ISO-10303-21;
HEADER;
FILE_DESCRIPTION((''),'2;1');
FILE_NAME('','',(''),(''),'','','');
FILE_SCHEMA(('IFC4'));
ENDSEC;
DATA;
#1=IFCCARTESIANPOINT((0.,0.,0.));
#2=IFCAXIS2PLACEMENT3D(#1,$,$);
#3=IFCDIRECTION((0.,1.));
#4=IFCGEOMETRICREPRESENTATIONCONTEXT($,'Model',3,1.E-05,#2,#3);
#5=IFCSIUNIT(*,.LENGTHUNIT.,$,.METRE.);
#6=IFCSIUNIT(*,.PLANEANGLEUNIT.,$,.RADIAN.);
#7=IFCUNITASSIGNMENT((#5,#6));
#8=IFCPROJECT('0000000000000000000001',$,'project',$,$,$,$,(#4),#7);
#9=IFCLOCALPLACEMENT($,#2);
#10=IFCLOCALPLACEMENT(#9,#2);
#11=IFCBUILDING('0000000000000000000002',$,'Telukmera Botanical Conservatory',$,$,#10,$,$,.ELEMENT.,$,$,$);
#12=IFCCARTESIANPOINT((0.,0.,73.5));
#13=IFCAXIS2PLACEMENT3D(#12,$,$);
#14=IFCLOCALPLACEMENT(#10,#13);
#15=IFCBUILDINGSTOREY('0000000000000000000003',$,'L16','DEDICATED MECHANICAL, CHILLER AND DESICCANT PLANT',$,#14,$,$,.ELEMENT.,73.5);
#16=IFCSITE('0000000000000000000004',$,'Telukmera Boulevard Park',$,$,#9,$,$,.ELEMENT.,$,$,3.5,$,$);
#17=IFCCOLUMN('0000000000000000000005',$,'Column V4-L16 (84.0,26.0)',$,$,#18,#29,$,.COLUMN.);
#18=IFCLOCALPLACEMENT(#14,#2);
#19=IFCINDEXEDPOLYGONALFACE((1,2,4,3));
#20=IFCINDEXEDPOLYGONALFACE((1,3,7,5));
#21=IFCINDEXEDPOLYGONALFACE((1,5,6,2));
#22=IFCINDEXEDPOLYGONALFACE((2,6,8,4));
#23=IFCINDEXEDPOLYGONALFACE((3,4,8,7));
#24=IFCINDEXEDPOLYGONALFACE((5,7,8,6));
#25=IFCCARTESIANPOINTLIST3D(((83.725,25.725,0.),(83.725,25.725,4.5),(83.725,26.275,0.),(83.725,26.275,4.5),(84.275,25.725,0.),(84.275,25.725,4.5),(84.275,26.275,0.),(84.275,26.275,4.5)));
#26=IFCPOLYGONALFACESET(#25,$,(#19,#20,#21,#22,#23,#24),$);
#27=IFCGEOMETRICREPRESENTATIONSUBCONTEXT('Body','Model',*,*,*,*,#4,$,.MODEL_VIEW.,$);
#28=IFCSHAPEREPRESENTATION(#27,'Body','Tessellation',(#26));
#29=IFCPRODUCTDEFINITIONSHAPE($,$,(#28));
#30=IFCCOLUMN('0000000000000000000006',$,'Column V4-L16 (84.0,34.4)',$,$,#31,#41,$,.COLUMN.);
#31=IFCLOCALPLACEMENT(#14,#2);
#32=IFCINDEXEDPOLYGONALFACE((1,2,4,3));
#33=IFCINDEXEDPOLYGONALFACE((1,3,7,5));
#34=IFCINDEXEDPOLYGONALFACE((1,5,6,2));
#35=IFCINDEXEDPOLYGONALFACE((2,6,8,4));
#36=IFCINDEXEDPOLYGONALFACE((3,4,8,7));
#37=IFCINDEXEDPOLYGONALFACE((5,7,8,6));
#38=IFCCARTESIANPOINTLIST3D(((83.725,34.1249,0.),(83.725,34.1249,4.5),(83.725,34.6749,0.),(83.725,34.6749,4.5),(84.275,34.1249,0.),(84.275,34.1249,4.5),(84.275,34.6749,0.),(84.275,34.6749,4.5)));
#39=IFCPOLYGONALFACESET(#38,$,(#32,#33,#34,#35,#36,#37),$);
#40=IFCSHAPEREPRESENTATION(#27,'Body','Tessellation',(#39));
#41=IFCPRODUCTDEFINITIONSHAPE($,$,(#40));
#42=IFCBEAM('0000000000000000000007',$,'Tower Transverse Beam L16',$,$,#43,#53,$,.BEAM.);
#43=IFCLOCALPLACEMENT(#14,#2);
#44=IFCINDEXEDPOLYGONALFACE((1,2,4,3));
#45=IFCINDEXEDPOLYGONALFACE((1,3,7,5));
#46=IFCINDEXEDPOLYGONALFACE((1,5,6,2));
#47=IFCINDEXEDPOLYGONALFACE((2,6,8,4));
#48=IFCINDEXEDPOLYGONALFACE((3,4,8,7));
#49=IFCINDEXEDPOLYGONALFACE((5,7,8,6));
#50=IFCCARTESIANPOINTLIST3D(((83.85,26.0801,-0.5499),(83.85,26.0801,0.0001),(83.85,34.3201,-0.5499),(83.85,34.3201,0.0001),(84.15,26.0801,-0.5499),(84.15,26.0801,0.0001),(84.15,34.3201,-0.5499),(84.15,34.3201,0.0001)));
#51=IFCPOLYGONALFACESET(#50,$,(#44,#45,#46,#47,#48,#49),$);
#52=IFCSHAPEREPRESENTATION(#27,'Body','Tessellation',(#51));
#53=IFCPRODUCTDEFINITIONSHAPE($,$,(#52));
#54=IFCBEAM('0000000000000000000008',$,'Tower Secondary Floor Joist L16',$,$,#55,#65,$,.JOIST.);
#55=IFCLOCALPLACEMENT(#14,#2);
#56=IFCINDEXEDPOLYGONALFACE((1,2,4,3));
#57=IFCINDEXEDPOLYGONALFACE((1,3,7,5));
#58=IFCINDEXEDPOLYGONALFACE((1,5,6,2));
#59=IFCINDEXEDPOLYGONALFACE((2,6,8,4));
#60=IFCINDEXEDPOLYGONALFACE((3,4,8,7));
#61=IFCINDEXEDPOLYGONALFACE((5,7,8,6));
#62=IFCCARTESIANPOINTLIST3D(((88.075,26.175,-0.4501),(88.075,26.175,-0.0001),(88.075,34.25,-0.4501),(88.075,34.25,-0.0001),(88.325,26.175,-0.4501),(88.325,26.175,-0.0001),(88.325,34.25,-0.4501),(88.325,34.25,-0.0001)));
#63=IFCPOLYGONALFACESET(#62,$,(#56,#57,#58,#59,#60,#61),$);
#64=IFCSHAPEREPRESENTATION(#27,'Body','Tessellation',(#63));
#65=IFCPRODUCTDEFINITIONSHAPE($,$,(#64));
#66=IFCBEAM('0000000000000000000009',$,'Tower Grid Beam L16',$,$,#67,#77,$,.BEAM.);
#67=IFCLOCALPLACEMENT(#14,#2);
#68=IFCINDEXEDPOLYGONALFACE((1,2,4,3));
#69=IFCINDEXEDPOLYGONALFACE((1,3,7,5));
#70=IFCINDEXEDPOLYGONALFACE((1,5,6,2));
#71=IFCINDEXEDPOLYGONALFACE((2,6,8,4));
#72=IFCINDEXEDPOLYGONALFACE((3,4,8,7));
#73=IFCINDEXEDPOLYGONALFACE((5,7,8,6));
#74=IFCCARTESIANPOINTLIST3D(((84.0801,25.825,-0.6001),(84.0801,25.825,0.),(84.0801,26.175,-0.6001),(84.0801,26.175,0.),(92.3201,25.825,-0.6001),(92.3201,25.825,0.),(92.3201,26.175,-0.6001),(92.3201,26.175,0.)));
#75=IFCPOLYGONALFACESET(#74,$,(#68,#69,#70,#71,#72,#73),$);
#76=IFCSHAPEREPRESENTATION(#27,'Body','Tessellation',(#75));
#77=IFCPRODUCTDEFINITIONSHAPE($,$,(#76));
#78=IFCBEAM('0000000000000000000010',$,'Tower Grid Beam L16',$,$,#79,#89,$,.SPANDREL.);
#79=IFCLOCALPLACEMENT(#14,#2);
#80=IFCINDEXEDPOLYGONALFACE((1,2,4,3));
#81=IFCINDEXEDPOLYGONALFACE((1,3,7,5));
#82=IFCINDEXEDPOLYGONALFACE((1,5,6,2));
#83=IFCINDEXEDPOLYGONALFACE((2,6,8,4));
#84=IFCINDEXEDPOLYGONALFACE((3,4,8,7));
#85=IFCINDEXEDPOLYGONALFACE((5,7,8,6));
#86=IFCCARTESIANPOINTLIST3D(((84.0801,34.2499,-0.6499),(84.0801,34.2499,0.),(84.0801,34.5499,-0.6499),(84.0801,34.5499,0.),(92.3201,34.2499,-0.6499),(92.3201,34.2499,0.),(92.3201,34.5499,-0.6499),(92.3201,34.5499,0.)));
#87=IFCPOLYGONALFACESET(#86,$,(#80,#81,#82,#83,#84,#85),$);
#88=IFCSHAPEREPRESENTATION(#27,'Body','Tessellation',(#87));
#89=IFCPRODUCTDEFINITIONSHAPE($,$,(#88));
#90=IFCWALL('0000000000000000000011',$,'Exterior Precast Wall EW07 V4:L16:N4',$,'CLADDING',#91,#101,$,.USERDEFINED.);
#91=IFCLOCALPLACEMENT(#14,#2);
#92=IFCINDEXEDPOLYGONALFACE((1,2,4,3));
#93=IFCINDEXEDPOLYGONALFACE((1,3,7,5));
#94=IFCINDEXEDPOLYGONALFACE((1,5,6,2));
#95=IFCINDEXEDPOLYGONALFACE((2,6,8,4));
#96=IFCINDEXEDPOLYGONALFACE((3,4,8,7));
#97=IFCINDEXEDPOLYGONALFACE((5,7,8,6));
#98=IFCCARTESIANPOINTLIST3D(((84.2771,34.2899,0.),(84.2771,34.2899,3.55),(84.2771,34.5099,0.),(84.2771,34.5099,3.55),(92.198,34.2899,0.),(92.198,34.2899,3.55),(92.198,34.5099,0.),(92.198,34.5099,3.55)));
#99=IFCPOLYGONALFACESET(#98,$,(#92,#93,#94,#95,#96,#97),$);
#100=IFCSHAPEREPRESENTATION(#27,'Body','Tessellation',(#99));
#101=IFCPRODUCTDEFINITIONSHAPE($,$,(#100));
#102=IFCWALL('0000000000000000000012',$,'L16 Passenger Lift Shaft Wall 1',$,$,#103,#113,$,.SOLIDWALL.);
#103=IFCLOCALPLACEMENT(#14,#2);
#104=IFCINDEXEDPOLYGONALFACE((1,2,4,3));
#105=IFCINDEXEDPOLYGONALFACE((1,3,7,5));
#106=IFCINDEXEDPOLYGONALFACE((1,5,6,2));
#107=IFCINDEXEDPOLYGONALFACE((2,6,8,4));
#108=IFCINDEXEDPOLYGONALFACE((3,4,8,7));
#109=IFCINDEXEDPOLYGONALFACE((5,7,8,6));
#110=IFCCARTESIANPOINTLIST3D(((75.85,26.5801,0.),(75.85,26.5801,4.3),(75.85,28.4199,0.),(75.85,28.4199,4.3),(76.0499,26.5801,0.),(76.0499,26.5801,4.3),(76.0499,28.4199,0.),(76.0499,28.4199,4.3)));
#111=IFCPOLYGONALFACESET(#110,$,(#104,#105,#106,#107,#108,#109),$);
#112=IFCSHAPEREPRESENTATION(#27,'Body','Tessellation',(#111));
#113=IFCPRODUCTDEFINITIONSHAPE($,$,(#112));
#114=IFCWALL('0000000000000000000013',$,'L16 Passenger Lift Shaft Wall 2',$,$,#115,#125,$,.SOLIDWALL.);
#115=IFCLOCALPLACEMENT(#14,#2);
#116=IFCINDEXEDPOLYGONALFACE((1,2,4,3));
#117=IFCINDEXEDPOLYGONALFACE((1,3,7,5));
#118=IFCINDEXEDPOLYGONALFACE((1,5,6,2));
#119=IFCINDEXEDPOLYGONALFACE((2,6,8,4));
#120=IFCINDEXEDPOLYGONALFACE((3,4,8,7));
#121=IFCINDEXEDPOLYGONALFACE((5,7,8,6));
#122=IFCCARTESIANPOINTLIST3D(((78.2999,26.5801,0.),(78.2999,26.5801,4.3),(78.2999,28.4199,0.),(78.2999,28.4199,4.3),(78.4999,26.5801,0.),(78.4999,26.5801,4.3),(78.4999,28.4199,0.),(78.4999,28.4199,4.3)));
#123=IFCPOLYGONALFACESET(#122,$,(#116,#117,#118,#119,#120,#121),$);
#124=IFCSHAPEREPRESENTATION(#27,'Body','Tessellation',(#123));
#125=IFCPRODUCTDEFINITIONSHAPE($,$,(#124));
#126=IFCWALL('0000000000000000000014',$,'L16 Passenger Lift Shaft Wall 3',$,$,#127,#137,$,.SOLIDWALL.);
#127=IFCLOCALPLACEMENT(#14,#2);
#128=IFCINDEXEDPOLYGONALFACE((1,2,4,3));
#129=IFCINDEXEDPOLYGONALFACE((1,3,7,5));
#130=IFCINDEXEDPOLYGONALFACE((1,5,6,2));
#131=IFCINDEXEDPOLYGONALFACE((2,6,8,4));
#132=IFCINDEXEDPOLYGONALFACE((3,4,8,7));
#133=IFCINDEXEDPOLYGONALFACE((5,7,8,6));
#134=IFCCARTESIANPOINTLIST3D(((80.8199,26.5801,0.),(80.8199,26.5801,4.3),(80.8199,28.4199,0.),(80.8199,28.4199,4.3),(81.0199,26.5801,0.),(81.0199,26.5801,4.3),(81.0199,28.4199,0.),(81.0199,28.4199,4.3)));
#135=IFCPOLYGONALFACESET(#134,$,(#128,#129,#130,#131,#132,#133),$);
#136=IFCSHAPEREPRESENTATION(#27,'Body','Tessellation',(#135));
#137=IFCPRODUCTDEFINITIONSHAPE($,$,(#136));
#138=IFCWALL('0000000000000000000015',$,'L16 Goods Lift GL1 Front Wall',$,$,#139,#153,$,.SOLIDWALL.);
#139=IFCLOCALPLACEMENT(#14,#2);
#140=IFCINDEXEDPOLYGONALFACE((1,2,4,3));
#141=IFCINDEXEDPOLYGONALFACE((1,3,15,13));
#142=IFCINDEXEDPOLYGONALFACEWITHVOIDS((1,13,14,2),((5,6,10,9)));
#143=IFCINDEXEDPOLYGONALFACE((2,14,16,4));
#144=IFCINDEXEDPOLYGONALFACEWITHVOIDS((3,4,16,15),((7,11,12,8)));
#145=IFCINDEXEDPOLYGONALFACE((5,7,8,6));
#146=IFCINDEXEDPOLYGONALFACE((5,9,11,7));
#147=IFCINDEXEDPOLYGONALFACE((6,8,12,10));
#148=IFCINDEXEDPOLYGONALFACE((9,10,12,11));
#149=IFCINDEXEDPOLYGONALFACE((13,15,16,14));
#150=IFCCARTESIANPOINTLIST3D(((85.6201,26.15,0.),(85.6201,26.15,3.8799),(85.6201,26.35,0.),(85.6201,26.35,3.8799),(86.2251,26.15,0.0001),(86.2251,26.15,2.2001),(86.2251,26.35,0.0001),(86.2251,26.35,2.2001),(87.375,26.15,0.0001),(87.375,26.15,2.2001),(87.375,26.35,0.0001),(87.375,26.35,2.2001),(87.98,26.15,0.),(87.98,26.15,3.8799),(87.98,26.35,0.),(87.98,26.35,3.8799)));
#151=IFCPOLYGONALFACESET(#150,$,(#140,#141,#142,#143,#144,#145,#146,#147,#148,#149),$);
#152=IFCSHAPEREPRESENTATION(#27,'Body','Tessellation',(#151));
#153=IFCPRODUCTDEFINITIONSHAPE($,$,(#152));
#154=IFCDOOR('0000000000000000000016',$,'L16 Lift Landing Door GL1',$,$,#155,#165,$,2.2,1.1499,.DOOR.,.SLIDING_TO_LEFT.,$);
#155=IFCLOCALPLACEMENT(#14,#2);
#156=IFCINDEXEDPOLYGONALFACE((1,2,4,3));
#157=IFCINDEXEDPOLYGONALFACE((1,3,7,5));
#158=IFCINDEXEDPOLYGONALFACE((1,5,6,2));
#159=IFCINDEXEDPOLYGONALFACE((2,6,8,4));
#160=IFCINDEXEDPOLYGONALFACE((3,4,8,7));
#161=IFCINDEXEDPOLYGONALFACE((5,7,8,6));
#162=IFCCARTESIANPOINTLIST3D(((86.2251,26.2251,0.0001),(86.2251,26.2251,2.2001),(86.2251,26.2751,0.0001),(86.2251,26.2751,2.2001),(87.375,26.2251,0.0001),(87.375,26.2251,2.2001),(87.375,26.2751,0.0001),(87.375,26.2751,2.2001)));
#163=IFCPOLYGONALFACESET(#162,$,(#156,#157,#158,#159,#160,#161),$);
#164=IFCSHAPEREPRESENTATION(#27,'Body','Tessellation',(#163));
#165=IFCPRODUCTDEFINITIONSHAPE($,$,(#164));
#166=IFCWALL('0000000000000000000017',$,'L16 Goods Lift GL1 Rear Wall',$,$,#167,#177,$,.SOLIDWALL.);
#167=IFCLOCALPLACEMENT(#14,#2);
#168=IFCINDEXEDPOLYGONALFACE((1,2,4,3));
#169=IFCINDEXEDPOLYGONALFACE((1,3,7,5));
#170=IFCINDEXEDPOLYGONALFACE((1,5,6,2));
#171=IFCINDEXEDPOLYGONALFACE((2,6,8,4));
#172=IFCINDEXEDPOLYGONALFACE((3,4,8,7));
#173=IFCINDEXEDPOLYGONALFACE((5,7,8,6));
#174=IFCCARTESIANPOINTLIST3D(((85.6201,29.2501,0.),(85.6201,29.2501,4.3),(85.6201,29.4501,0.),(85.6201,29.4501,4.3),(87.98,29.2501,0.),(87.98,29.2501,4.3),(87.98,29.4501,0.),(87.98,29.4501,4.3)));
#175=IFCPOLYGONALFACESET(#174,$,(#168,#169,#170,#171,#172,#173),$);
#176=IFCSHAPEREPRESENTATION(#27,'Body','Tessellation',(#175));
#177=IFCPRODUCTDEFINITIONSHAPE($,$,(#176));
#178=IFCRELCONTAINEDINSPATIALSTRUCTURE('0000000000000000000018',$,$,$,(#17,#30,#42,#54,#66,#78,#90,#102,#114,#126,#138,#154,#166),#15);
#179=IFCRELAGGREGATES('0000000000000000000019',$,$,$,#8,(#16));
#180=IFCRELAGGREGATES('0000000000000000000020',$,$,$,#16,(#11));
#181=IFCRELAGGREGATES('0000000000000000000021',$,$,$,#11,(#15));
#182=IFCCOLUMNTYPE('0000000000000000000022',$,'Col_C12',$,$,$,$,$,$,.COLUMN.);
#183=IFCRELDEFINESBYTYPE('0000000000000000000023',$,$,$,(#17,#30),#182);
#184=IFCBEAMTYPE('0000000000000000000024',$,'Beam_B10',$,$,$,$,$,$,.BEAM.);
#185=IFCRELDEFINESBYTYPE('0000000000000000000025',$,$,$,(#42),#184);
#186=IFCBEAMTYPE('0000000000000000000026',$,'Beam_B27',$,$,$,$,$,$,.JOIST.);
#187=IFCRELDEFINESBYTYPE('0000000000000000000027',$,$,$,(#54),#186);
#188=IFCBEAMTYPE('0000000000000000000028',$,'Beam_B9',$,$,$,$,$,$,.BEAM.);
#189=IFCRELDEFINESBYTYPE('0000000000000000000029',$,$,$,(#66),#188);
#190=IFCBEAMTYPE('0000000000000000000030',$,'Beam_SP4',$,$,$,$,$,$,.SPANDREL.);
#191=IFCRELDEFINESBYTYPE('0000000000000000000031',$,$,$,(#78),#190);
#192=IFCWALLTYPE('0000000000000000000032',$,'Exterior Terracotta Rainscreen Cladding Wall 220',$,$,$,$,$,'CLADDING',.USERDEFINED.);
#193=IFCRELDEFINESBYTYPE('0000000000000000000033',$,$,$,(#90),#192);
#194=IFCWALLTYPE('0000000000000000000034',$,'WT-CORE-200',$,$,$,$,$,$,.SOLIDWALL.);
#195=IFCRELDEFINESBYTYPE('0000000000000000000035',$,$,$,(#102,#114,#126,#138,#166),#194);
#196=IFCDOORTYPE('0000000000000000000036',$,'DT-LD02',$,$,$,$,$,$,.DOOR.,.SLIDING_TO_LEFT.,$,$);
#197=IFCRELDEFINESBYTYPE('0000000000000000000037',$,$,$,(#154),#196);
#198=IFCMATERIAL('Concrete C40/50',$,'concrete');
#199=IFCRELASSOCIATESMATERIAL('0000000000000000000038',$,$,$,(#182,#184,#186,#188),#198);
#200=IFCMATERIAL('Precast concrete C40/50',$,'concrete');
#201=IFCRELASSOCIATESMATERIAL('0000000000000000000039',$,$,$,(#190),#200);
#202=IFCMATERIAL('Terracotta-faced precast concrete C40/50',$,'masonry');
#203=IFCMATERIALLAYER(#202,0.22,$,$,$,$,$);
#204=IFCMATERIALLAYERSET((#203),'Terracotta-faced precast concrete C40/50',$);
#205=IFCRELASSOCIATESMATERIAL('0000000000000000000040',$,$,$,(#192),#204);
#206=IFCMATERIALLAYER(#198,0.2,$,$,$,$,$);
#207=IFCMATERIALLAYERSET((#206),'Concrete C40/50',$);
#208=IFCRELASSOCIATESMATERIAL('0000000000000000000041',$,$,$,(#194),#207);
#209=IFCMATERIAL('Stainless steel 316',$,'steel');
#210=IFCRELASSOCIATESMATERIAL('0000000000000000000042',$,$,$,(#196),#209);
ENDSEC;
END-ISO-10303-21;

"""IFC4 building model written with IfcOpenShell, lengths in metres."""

from ifc_helpers import new_model, si_unit, direction, frame, frame_2d, origin, origin_2d, place, context, subcontext, project, spatial, rectangle, extrude, material, layer, layer_set, material_profile, profile_set, type_object, element, fill, save


model = new_model("IFC4")

# Units and contexts
model_context = context("Model", 3, precision=1e-05, world=origin(), true_north=direction((0.0, 1.0)))
body_context = subcontext(model_context, "Body", "Model", "MODEL_VIEW")
ifc_project = project(units=[si_unit("LENGTHUNIT", "METRE"), si_unit("PLANEANGLEUNIT", "RADIAN")], contexts=[model_context])

# Site, building, storey
site_placement = place(None, origin())
site = spatial("IfcSite", under=ifc_project, at=site_placement, Name="Telukmera Boulevard Park", CompositionType="ELEMENT", RefElevation=3.5)
building_placement = place(site_placement, origin())
building = spatial("IfcBuilding", under=site, at=building_placement, Name="Telukmera Botanical Conservatory", CompositionType="ELEMENT")
storey_placement = place(building_placement, frame((0.0, 0.0, 73.5)))
storey = spatial("IfcBuildingStorey", under=building, at=storey_placement, Name="L16", Description="DEDICATED MECHANICAL, CHILLER AND DESICCANT PLANT", CompositionType="ELEMENT", Elevation=73.5)

# Columns
ifc_material_1 = material(Name="Concrete C40/50", Category="concrete")
ifc_material_profile_1 = material_profile(ifc_material_1, rectangle(XDim=0.55, YDim=0.55, at=origin_2d()), Name="RC 550x550")
ifc_profile_set_1 = profile_set([ifc_material_profile_1], Name="Concrete C40/50")
column_type = type_object("IfcColumnType", Name="Col_C12", PredefinedType="COLUMN", material=ifc_profile_set_1)
for number, where, z_axis, x_axis, name in (
    (1, (84.0, 26.0, 0.0), (0.0, 0.0, 1.0), (1.0, 0.0, 0.0), "Column V4-L16 (84.0,26.0)"),
    (2, (84.0, 34.3999, 0.0), (0.0, 0.0, 1.0), (1.0, 0.0, 0.0), "Column V4-L16 (84.0,34.4)"),
):
    element("IfcColumn", number, at=place(storey_placement, frame(where, z_axis=z_axis, x_axis=x_axis)), inside=storey, type_object=column_type, Name=name, PredefinedType="COLUMN", context=body_context, shape_type="SweptSolid", body=[
        extrude(rectangle(XDim=0.55, YDim=0.55, at=origin_2d()), origin(), (0.0, 0.0, 1.0), 4.5),
    ])

# Beams
ifc_material_profile_2 = material_profile(ifc_material_1, rectangle(XDim=0.3, YDim=0.55, at=origin_2d()), Name="RC 300x550")
ifc_profile_set_2 = profile_set([ifc_material_profile_2], Name="Concrete C40/50")
beam_type_1 = type_object("IfcBeamType", Name="Beam_B10", PredefinedType="BEAM", material=ifc_profile_set_2)
beam_1_placement = place(storey_placement, frame((84.0, 26.0801, -0.2749), z_axis=(0.0, 1.0, 0.0), x_axis=(-1.0, 0.0, 0.0)))
element("IfcBeam", 3, at=beam_1_placement, inside=storey, type_object=beam_type_1, Name="Tower Transverse Beam L16", PredefinedType="BEAM", context=body_context, shape_type="SweptSolid", body=[
    extrude(rectangle(XDim=0.3, YDim=0.55, at=origin_2d()), origin(), (0.0, 0.0, 1.0), 8.24),
])
ifc_material_profile_3 = material_profile(ifc_material_1, rectangle(XDim=0.25, YDim=0.45, at=origin_2d()), Name="RC 250x450")
ifc_profile_set_3 = profile_set([ifc_material_profile_3], Name="Concrete C40/50")
beam_type_2 = type_object("IfcBeamType", Name="Beam_B27", PredefinedType="JOIST", material=ifc_profile_set_3)
beam_2_placement = place(storey_placement, frame((88.2, 26.175, -0.2251), z_axis=(0.0, 1.0, 0.0), x_axis=(-1.0, 0.0, 0.0)))
element("IfcBeam", 4, at=beam_2_placement, inside=storey, type_object=beam_type_2, Name="Tower Secondary Floor Joist L16", PredefinedType="JOIST", context=body_context, shape_type="SweptSolid", body=[
    extrude(rectangle(XDim=0.25, YDim=0.45, at=origin_2d()), origin(), (0.0, 0.0, 1.0), 8.075),
])
ifc_material_profile_4 = material_profile(ifc_material_1, rectangle(XDim=0.3501, YDim=0.6001, at=origin_2d()), Name="RC 350x600")
ifc_profile_set_4 = profile_set([ifc_material_profile_4], Name="Concrete C40/50")
beam_type_3 = type_object("IfcBeamType", Name="Beam_B9", PredefinedType="BEAM", material=ifc_profile_set_4)
beam_3_placement = place(storey_placement, frame((84.0801, 26.0, -0.3), z_axis=(1.0, 0.0, 0.0), x_axis=(0.0, 1.0, 0.0)))
element("IfcBeam", 5, at=beam_3_placement, inside=storey, type_object=beam_type_3, Name="Tower Grid Beam L16", PredefinedType="BEAM", context=body_context, shape_type="SweptSolid", body=[
    extrude(rectangle(XDim=0.3501, YDim=0.6001, at=origin_2d()), origin(), (0.0, 0.0, 1.0), 8.24),
])
ifc_material_2 = material(Name="Precast concrete C40/50", Category="concrete")
ifc_material_profile_5 = material_profile(ifc_material_2, rectangle(XDim=0.3, YDim=0.6499, at=origin_2d()), Name="PC 300x650")
ifc_profile_set_5 = profile_set([ifc_material_profile_5], Name="Precast concrete C40/50")
beam_type_4 = type_object("IfcBeamType", Name="Beam_SP4", PredefinedType="SPANDREL", material=ifc_profile_set_5)
beam_4_placement = place(storey_placement, frame((84.0801, 34.3999, -0.325), z_axis=(1.0, 0.0, 0.0), x_axis=(0.0, 1.0, 0.0)))
element("IfcBeam", 6, at=beam_4_placement, inside=storey, type_object=beam_type_4, Name="Tower Grid Beam L16", PredefinedType="SPANDREL", context=body_context, shape_type="SweptSolid", body=[
    extrude(rectangle(XDim=0.3, YDim=0.6499, at=origin_2d()), origin(), (0.0, 0.0, 1.0), 8.24),
])

# Walls
ifc_material_3 = material(Name="Terracotta-faced precast concrete C40/50", Category="masonry")
ifc_layer_1 = layer(ifc_material_3, 0.22)
ifc_layer_set_1 = layer_set([ifc_layer_1], Name="Terracotta-faced precast concrete C40/50")
wall_type_1 = type_object("IfcWallType", Name="Exterior Terracotta Rainscreen Cladding Wall 220", ElementType="CLADDING", PredefinedType="USERDEFINED", material=ifc_layer_set_1)
wall_1_placement = place(storey_placement, frame((84.2771, 34.3999, 0.0), z_axis=(0.0, 0.0, 1.0), x_axis=(1.0, 0.0, 0.0)))
element("IfcWall", 7, at=wall_1_placement, inside=storey, type_object=wall_type_1, Name="Exterior Precast Wall EW07 V4:L16:N4", ObjectType="CLADDING", PredefinedType="USERDEFINED", context=body_context, shape_type="SweptSolid", body=[
    extrude(rectangle(XDim=7.9209, YDim=0.22, at=frame_2d((3.9604, 0.0))), origin(), (0.0, 0.0, 1.0), 3.55),
])
ifc_layer_2 = layer(ifc_material_1, 0.2)
ifc_layer_set_2 = layer_set([ifc_layer_2], Name="Concrete C40/50")
wall_type_2 = type_object("IfcWallType", Name="WT-CORE-200", PredefinedType="SOLIDWALL", material=ifc_layer_set_2)
for number, where, z_axis, x_axis, name in (
    (8, (75.95, 26.5801, 0.0), (0.0, 0.0, 1.0), (0.0, 1.0, 0.0), "L16 Passenger Lift Shaft Wall 1"),
    (9, (78.3999, 26.5801, 0.0), (0.0, 0.0, 1.0), (0.0, 1.0, 0.0), "L16 Passenger Lift Shaft Wall 2"),
    (10, (80.9199, 26.5801, 0.0), (0.0, 0.0, 1.0), (0.0, 1.0, 0.0), "L16 Passenger Lift Shaft Wall 3"),
):
    element("IfcWall", number, at=place(storey_placement, frame(where, z_axis=z_axis, x_axis=x_axis)), inside=storey, type_object=wall_type_2, Name=name, PredefinedType="SOLIDWALL", context=body_context, shape_type="SweptSolid", body=[
        extrude(rectangle(XDim=1.8398, YDim=0.2, at=frame_2d((0.9199, 0.0))), origin(), (0.0, 0.0, 1.0), 4.3),
    ])

# Wall, opening, door
wall_2_placement = place(storey_placement, frame((85.6201, 26.25, 0.0), z_axis=(0.0, 0.0, 1.0), x_axis=(1.0, 0.0, 0.0)))
wall_2 = element("IfcWall", 11, at=wall_2_placement, inside=storey, type_object=wall_type_2, Name="L16 Goods Lift GL1 Front Wall", PredefinedType="SOLIDWALL", context=body_context, shape_type="SweptSolid", body=[
    extrude(rectangle(XDim=2.3599, YDim=0.2, at=frame_2d((1.1799, 0.0))), origin(), (0.0, 0.0, 1.0), 3.8799),
])
opening_1_placement = place(wall_2_placement, frame((0.605, 0.0, 0.0)))
opening_1 = element("IfcOpeningElement", 12, at=opening_1_placement, cuts=wall_2, PredefinedType="OPENING", context=body_context, shape_type="SweptSolid", body=[
    extrude(rectangle(XDim=1.1499, YDim=2.2, at=frame_2d((0.575, 1.1001))), frame((0.0, 0.1099, 0.0), z_axis=(0.0, -1.0, 0.0), x_axis=(1.0, 0.0, 0.0)), (0.0, 0.0, 1.0), 0.22),
])
ifc_material_4 = material(Name="Stainless steel 316", Category="steel")
door_type_1 = type_object("IfcDoorType", Name="DT-LD02", OperationType="SLIDING_TO_LEFT", PredefinedType="DOOR", material=ifc_material_4)
door_1_placement = place(opening_1_placement, frame((1.1499, 0.0, 0.0), z_axis=(0.0, 0.0, 1.0), x_axis=(-1.0, 0.0, 0.0)))
door_1 = element("IfcDoor", 13, at=door_1_placement, inside=storey, type_object=door_type_1, Name="L16 Lift Landing Door GL1", OperationType="SLIDING_TO_LEFT", OverallHeight=2.2, OverallWidth=1.1499, PredefinedType="DOOR", context=body_context, shape_type="SweptSolid", body=[
    extrude(rectangle(XDim=1.1499, YDim=2.2, at=frame_2d((0.575, 1.1001))), frame((0.0, 0.0249, 0.0), z_axis=(0.0, -1.0, 0.0), x_axis=(1.0, 0.0, 0.0)), (0.0, 0.0, 1.0), 0.05),
])
fill(opening_1, door_1)

# Wall
wall_3_placement = place(storey_placement, frame((85.6201, 29.3501, 0.0), z_axis=(0.0, 0.0, 1.0), x_axis=(1.0, 0.0, 0.0)))
element("IfcWall", 14, at=wall_3_placement, inside=storey, type_object=wall_type_2, Name="L16 Goods Lift GL1 Rear Wall", PredefinedType="SOLIDWALL", context=body_context, shape_type="SweptSolid", body=[
    extrude(rectangle(XDim=2.3599, YDim=0.2, at=frame_2d((1.1799, 0.0))), origin(), (0.0, 0.0, 1.0), 4.3),
])

save(model, "model.ifc")
